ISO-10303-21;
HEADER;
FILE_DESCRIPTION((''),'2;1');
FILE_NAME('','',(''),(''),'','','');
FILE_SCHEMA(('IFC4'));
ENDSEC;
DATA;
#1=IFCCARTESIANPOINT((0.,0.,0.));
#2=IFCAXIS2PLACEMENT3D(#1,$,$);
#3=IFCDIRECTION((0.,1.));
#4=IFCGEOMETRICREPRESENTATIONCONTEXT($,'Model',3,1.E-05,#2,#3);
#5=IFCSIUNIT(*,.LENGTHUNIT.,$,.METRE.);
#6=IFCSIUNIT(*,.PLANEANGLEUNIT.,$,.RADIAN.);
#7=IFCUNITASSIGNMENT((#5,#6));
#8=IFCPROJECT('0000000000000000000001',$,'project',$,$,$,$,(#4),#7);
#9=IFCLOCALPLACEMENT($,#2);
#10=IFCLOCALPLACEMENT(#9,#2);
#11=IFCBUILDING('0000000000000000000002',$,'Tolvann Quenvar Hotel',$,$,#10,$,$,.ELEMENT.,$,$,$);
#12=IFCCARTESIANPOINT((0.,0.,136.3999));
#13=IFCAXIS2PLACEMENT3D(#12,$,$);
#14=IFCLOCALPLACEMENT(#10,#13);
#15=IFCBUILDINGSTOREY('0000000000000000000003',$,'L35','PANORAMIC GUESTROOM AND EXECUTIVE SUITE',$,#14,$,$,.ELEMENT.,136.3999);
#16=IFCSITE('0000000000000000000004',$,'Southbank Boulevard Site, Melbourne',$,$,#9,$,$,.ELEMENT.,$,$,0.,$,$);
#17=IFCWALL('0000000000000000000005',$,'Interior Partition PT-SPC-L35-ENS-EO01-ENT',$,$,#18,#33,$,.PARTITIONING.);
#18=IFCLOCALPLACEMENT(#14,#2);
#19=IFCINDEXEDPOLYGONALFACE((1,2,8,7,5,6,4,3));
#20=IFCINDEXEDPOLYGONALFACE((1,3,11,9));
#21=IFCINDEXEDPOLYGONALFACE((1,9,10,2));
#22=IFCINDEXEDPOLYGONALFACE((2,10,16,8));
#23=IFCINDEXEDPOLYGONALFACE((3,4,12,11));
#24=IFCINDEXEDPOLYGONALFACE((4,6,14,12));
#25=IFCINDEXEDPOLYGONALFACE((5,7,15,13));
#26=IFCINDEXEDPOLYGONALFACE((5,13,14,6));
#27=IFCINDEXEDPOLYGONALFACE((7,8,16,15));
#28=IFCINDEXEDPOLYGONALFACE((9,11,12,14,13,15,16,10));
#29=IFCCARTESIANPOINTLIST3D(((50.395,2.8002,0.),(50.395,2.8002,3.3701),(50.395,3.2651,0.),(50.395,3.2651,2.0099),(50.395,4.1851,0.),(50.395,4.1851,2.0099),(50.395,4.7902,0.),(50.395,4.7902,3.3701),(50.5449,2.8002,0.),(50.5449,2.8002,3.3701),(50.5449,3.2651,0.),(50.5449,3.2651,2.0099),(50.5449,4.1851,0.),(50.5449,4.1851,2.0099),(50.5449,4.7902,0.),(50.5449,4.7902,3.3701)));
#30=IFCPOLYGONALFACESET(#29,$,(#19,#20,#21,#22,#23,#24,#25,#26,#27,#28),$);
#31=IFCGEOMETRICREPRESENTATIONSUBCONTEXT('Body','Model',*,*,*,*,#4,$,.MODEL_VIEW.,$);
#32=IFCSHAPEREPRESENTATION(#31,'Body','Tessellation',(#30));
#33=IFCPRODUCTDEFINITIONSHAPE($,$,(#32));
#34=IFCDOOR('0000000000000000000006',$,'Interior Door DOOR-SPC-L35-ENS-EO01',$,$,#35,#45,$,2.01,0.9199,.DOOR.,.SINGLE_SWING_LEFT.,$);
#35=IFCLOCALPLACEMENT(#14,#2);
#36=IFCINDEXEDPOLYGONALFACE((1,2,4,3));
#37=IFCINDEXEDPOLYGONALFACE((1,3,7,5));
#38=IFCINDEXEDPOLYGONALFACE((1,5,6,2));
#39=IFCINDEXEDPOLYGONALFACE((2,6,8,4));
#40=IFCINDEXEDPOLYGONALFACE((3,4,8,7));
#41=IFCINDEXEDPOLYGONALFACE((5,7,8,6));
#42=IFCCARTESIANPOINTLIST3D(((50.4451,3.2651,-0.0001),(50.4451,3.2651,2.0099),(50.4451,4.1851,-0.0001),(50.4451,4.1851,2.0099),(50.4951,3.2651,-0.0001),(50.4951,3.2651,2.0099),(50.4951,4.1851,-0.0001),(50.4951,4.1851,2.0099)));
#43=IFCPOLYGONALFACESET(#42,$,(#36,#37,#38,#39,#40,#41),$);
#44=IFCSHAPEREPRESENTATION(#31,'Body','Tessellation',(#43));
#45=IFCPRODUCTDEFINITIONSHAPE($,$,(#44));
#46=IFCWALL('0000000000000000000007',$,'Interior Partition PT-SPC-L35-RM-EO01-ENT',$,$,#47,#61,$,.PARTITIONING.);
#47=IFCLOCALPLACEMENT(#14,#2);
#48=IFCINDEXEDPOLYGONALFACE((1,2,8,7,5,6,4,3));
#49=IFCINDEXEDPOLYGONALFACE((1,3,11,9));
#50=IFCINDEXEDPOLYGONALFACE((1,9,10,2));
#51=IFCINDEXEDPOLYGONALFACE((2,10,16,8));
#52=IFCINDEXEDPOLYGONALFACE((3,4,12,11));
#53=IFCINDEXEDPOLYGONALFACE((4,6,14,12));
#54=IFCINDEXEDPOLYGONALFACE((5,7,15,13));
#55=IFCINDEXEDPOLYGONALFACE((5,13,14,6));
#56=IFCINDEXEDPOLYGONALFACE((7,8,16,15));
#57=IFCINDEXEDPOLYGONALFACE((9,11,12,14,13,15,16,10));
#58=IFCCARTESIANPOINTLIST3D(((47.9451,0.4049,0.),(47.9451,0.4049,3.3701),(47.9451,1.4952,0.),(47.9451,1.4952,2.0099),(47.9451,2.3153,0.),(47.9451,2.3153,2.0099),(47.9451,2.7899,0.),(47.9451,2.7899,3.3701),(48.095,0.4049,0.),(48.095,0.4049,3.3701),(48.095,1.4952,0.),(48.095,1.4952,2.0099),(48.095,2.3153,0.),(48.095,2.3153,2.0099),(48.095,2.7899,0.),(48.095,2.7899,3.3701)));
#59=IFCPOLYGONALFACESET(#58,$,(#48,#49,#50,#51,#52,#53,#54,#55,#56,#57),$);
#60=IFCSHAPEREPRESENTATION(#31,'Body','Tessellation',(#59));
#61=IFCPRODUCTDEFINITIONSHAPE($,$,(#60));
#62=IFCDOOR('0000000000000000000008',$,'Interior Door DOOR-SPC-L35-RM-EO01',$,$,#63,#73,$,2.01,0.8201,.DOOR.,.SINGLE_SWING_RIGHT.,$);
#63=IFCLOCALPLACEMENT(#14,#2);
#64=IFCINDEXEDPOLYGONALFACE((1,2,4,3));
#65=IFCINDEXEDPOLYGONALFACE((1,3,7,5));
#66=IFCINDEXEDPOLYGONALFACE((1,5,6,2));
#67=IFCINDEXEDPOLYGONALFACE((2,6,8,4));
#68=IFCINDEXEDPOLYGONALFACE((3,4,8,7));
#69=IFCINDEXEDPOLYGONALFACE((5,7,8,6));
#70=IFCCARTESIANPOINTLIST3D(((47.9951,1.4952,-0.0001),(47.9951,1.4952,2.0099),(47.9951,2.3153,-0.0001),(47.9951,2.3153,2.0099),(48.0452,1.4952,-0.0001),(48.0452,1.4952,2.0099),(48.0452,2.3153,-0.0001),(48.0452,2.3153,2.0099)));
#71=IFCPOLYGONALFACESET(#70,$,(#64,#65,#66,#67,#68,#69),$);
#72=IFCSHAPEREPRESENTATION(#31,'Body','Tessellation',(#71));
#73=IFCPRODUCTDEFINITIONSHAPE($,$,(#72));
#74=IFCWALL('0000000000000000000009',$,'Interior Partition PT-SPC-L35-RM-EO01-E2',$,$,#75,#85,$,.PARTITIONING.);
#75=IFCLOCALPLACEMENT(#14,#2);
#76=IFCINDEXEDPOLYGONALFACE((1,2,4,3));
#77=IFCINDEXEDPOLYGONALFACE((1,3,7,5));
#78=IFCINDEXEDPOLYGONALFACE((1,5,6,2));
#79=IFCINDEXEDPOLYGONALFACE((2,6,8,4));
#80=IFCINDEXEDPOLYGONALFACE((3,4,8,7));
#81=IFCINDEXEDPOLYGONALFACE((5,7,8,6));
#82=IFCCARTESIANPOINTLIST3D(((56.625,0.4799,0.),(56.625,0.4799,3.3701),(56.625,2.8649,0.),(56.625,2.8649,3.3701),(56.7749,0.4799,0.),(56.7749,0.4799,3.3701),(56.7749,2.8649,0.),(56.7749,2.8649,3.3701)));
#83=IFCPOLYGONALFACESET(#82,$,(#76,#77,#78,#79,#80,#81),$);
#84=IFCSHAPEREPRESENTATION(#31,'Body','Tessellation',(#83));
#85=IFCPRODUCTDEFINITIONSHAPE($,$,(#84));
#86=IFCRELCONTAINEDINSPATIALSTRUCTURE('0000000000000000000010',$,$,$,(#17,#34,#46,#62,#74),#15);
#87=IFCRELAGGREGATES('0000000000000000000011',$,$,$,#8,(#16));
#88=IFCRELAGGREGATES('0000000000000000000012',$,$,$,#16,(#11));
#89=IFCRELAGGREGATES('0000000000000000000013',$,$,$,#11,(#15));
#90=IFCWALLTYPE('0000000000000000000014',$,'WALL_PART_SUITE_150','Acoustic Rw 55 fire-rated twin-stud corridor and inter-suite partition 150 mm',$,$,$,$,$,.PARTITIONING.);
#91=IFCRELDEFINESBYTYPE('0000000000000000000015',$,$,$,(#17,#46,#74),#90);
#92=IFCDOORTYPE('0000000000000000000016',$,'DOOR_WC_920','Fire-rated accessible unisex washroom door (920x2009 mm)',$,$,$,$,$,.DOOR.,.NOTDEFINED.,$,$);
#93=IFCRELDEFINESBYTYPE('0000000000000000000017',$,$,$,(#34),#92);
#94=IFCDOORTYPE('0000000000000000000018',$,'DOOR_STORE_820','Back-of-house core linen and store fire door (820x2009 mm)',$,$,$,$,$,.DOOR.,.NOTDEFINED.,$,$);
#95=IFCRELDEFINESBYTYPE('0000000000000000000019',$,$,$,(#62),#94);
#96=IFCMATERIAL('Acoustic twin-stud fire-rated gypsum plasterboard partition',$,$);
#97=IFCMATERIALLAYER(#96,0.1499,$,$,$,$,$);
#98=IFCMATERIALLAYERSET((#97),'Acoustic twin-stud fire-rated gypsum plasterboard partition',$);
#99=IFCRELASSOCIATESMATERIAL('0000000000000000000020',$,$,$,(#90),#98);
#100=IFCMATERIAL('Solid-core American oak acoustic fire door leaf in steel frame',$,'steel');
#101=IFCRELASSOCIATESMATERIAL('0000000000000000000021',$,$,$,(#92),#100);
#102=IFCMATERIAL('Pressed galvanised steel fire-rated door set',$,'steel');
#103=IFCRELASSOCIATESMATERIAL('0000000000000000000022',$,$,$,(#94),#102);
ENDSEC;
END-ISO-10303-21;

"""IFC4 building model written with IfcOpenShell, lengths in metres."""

from ifc_helpers import new_model, si_unit, direction, frame, frame_2d, origin, place, context, subcontext, project, spatial, rectangle, extrude, source, transform, mapped, material, layer, layer_set, type_object, type_shapes, element, fill, save


model = new_model("IFC4")

# Units and contexts
model_context = context("Model", 3, precision=1e-05, world=origin(), true_north=direction((0.0, 1.0)))
body_context = subcontext(model_context, "Body", "Model", "MODEL_VIEW")
ifc_project = project(units=[si_unit("LENGTHUNIT", "METRE"), si_unit("PLANEANGLEUNIT", "RADIAN")], contexts=[model_context])

# Site, building, storey
site_placement = place(None, origin())
site = spatial("IfcSite", under=ifc_project, at=site_placement, Name="Southbank Boulevard Site, Melbourne", CompositionType="ELEMENT", RefElevation=0.0)
building_placement = place(site_placement, origin())
building = spatial("IfcBuilding", under=site, at=building_placement, Name="Tolvann Quenvar Hotel", CompositionType="ELEMENT")
storey_placement = place(building_placement, frame((0.0, 0.0, 136.3999)))
storey = spatial("IfcBuildingStorey", under=building, at=storey_placement, Name="L35", Description="PANORAMIC GUESTROOM AND EXECUTIVE SUITE", CompositionType="ELEMENT", Elevation=136.3999)

# Walls, openings, doors
ifc_material_1 = material(Name="Acoustic twin-stud fire-rated gypsum plasterboard partition")
ifc_layer_1 = layer(ifc_material_1, 0.1499)
ifc_layer_set_1 = layer_set([ifc_layer_1], Name="Acoustic twin-stud fire-rated gypsum plasterboard partition")
wall_type_1 = type_object("IfcWallType", Name="WALL_PART_SUITE_150", Description="Acoustic Rw 55 fire-rated twin-stud corridor and inter-suite partition 150 mm", PredefinedType="PARTITIONING", material=ifc_layer_set_1)
wall_1_placement = place(storey_placement, frame((50.47, 2.8, 0.0), z_axis=(0.0, 0.0, 1.0), x_axis=(0.0, 1.0, 0.0)))
wall_1 = element("IfcWall", 1, at=wall_1_placement, inside=storey, type_object=wall_type_1, Name="Interior Partition PT-SPC-L35-ENS-EO01-ENT", PredefinedType="PARTITIONING", context=body_context, shape_type="SweptSolid", body=[
    extrude(rectangle(XDim=1.99, YDim=0.1499, at=frame_2d((0.9951, 0.0))), origin(), (0.0, 0.0, 1.0), 3.3701),
])
opening_1_placement = place(wall_1_placement, frame((0.4651, 0.0, 0.0)))
opening_1 = element("IfcOpeningElement", 2, at=opening_1_placement, cuts=wall_1, PredefinedType="OPENING", context=body_context, shape_type="SweptSolid", body=[
    extrude(rectangle(XDim=0.9199, YDim=2.01, at=frame_2d((0.46, 1.0049))), frame((0.0, 0.085, 0.0), z_axis=(0.0, -1.0, 0.0), x_axis=(1.0, 0.0, 0.0)), (0.0, 0.0, 1.0), 0.1699),
])
ifc_material_2 = material(Name="Solid-core American oak acoustic fire door leaf in steel frame", Category="steel")
door_type_1 = type_object("IfcDoorType", Name="DOOR_WC_920", Description="Fire-rated accessible unisex washroom door (920x2009 mm)", OperationType="NOTDEFINED", PredefinedType="DOOR", material=ifc_material_2)
shared_shape_1 = source(origin(), body_context, "Body", "SweptSolid", [
    extrude(rectangle(XDim=0.9199, YDim=2.01, at=frame_2d((0.46, 1.0049))), frame((0.0, 0.0249, 0.0), z_axis=(0.0, -1.0, 0.0), x_axis=(1.0, 0.0, 0.0)), (0.0, 0.0, 1.0), 0.05),
])
type_shapes(door_type_1, [shared_shape_1])
door_1_placement = place(opening_1_placement, origin())
door_1 = element("IfcDoor", 3, at=door_1_placement, inside=storey, type_object=door_type_1, Name="Interior Door DOOR-SPC-L35-ENS-EO01", OperationType="SINGLE_SWING_LEFT", OverallHeight=2.01, OverallWidth=0.9199, PredefinedType="DOOR", context=body_context, shape_type="MappedRepresentation", body=[
    mapped(shared_shape_1, transform((0.0, 0.0, 0.0), x_axis=(1.0, 0.0, 0.0), y_axis=(0.0, 1.0, 0.0), z_axis=(0.0, 0.0, 1.0), scale=1.0)),
])
fill(opening_1, door_1)
wall_2_placement = place(storey_placement, frame((48.02, 0.405, 0.0), z_axis=(0.0, 0.0, 1.0), x_axis=(0.0, 1.0, 0.0)))
wall_2 = element("IfcWall", 4, at=wall_2_placement, inside=storey, type_object=wall_type_1, Name="Interior Partition PT-SPC-L35-RM-EO01-ENT", PredefinedType="PARTITIONING", context=body_context, shape_type="SweptSolid", body=[
    extrude(rectangle(XDim=2.385, YDim=0.1499, at=frame_2d((1.1924, 0.0))), origin(), (0.0, 0.0, 1.0), 3.3701),
])
opening_2_placement = place(wall_2_placement, frame((1.0901, 0.0, 0.0)))
opening_2 = element("IfcOpeningElement", 5, at=opening_2_placement, cuts=wall_2, PredefinedType="OPENING", context=body_context, shape_type="SweptSolid", body=[
    extrude(rectangle(XDim=0.8201, YDim=2.01, at=frame_2d((0.4102, 1.0049))), frame((0.0, 0.085, 0.0), z_axis=(0.0, -1.0, 0.0), x_axis=(1.0, 0.0, 0.0)), (0.0, 0.0, 1.0), 0.1699),
])
ifc_material_3 = material(Name="Pressed galvanised steel fire-rated door set", Category="steel")
door_type_2 = type_object("IfcDoorType", Name="DOOR_STORE_820", Description="Back-of-house core linen and store fire door (820x2009 mm)", OperationType="NOTDEFINED", PredefinedType="DOOR", material=ifc_material_3)
shared_shape_2 = source(origin(), body_context, "Body", "SweptSolid", [
    extrude(rectangle(XDim=0.8201, YDim=2.01, at=frame_2d((0.4102, 1.0049))), frame((0.0, 0.0249, 0.0), z_axis=(0.0, -1.0, 0.0), x_axis=(1.0, 0.0, 0.0)), (0.0, 0.0, 1.0), 0.05),
])
type_shapes(door_type_2, [shared_shape_2])
door_2_placement = place(opening_2_placement, origin())
door_2 = element("IfcDoor", 6, at=door_2_placement, inside=storey, type_object=door_type_2, Name="Interior Door DOOR-SPC-L35-RM-EO01", OperationType="SINGLE_SWING_RIGHT", OverallHeight=2.01, OverallWidth=0.8201, PredefinedType="DOOR", context=body_context, shape_type="MappedRepresentation", body=[
    mapped(shared_shape_2, transform((0.0, 0.0, 0.0), x_axis=(1.0, 0.0, 0.0), y_axis=(0.0, 1.0, 0.0), z_axis=(0.0, 0.0, 1.0), scale=1.0)),
])
fill(opening_2, door_2)

# Wall
wall_3_placement = place(storey_placement, frame((56.7, 0.48, 0.0), z_axis=(0.0, 0.0, 1.0), x_axis=(0.0, 1.0, 0.0)))
element("IfcWall", 7, at=wall_3_placement, inside=storey, type_object=wall_type_1, Name="Interior Partition PT-SPC-L35-RM-EO01-E2", PredefinedType="PARTITIONING", context=body_context, shape_type="SweptSolid", body=[
    extrude(rectangle(XDim=2.385, YDim=0.1499, at=frame_2d((1.1924, 0.0))), origin(), (0.0, 0.0, 1.0), 3.3701),
])

save(model, "model.ifc")
